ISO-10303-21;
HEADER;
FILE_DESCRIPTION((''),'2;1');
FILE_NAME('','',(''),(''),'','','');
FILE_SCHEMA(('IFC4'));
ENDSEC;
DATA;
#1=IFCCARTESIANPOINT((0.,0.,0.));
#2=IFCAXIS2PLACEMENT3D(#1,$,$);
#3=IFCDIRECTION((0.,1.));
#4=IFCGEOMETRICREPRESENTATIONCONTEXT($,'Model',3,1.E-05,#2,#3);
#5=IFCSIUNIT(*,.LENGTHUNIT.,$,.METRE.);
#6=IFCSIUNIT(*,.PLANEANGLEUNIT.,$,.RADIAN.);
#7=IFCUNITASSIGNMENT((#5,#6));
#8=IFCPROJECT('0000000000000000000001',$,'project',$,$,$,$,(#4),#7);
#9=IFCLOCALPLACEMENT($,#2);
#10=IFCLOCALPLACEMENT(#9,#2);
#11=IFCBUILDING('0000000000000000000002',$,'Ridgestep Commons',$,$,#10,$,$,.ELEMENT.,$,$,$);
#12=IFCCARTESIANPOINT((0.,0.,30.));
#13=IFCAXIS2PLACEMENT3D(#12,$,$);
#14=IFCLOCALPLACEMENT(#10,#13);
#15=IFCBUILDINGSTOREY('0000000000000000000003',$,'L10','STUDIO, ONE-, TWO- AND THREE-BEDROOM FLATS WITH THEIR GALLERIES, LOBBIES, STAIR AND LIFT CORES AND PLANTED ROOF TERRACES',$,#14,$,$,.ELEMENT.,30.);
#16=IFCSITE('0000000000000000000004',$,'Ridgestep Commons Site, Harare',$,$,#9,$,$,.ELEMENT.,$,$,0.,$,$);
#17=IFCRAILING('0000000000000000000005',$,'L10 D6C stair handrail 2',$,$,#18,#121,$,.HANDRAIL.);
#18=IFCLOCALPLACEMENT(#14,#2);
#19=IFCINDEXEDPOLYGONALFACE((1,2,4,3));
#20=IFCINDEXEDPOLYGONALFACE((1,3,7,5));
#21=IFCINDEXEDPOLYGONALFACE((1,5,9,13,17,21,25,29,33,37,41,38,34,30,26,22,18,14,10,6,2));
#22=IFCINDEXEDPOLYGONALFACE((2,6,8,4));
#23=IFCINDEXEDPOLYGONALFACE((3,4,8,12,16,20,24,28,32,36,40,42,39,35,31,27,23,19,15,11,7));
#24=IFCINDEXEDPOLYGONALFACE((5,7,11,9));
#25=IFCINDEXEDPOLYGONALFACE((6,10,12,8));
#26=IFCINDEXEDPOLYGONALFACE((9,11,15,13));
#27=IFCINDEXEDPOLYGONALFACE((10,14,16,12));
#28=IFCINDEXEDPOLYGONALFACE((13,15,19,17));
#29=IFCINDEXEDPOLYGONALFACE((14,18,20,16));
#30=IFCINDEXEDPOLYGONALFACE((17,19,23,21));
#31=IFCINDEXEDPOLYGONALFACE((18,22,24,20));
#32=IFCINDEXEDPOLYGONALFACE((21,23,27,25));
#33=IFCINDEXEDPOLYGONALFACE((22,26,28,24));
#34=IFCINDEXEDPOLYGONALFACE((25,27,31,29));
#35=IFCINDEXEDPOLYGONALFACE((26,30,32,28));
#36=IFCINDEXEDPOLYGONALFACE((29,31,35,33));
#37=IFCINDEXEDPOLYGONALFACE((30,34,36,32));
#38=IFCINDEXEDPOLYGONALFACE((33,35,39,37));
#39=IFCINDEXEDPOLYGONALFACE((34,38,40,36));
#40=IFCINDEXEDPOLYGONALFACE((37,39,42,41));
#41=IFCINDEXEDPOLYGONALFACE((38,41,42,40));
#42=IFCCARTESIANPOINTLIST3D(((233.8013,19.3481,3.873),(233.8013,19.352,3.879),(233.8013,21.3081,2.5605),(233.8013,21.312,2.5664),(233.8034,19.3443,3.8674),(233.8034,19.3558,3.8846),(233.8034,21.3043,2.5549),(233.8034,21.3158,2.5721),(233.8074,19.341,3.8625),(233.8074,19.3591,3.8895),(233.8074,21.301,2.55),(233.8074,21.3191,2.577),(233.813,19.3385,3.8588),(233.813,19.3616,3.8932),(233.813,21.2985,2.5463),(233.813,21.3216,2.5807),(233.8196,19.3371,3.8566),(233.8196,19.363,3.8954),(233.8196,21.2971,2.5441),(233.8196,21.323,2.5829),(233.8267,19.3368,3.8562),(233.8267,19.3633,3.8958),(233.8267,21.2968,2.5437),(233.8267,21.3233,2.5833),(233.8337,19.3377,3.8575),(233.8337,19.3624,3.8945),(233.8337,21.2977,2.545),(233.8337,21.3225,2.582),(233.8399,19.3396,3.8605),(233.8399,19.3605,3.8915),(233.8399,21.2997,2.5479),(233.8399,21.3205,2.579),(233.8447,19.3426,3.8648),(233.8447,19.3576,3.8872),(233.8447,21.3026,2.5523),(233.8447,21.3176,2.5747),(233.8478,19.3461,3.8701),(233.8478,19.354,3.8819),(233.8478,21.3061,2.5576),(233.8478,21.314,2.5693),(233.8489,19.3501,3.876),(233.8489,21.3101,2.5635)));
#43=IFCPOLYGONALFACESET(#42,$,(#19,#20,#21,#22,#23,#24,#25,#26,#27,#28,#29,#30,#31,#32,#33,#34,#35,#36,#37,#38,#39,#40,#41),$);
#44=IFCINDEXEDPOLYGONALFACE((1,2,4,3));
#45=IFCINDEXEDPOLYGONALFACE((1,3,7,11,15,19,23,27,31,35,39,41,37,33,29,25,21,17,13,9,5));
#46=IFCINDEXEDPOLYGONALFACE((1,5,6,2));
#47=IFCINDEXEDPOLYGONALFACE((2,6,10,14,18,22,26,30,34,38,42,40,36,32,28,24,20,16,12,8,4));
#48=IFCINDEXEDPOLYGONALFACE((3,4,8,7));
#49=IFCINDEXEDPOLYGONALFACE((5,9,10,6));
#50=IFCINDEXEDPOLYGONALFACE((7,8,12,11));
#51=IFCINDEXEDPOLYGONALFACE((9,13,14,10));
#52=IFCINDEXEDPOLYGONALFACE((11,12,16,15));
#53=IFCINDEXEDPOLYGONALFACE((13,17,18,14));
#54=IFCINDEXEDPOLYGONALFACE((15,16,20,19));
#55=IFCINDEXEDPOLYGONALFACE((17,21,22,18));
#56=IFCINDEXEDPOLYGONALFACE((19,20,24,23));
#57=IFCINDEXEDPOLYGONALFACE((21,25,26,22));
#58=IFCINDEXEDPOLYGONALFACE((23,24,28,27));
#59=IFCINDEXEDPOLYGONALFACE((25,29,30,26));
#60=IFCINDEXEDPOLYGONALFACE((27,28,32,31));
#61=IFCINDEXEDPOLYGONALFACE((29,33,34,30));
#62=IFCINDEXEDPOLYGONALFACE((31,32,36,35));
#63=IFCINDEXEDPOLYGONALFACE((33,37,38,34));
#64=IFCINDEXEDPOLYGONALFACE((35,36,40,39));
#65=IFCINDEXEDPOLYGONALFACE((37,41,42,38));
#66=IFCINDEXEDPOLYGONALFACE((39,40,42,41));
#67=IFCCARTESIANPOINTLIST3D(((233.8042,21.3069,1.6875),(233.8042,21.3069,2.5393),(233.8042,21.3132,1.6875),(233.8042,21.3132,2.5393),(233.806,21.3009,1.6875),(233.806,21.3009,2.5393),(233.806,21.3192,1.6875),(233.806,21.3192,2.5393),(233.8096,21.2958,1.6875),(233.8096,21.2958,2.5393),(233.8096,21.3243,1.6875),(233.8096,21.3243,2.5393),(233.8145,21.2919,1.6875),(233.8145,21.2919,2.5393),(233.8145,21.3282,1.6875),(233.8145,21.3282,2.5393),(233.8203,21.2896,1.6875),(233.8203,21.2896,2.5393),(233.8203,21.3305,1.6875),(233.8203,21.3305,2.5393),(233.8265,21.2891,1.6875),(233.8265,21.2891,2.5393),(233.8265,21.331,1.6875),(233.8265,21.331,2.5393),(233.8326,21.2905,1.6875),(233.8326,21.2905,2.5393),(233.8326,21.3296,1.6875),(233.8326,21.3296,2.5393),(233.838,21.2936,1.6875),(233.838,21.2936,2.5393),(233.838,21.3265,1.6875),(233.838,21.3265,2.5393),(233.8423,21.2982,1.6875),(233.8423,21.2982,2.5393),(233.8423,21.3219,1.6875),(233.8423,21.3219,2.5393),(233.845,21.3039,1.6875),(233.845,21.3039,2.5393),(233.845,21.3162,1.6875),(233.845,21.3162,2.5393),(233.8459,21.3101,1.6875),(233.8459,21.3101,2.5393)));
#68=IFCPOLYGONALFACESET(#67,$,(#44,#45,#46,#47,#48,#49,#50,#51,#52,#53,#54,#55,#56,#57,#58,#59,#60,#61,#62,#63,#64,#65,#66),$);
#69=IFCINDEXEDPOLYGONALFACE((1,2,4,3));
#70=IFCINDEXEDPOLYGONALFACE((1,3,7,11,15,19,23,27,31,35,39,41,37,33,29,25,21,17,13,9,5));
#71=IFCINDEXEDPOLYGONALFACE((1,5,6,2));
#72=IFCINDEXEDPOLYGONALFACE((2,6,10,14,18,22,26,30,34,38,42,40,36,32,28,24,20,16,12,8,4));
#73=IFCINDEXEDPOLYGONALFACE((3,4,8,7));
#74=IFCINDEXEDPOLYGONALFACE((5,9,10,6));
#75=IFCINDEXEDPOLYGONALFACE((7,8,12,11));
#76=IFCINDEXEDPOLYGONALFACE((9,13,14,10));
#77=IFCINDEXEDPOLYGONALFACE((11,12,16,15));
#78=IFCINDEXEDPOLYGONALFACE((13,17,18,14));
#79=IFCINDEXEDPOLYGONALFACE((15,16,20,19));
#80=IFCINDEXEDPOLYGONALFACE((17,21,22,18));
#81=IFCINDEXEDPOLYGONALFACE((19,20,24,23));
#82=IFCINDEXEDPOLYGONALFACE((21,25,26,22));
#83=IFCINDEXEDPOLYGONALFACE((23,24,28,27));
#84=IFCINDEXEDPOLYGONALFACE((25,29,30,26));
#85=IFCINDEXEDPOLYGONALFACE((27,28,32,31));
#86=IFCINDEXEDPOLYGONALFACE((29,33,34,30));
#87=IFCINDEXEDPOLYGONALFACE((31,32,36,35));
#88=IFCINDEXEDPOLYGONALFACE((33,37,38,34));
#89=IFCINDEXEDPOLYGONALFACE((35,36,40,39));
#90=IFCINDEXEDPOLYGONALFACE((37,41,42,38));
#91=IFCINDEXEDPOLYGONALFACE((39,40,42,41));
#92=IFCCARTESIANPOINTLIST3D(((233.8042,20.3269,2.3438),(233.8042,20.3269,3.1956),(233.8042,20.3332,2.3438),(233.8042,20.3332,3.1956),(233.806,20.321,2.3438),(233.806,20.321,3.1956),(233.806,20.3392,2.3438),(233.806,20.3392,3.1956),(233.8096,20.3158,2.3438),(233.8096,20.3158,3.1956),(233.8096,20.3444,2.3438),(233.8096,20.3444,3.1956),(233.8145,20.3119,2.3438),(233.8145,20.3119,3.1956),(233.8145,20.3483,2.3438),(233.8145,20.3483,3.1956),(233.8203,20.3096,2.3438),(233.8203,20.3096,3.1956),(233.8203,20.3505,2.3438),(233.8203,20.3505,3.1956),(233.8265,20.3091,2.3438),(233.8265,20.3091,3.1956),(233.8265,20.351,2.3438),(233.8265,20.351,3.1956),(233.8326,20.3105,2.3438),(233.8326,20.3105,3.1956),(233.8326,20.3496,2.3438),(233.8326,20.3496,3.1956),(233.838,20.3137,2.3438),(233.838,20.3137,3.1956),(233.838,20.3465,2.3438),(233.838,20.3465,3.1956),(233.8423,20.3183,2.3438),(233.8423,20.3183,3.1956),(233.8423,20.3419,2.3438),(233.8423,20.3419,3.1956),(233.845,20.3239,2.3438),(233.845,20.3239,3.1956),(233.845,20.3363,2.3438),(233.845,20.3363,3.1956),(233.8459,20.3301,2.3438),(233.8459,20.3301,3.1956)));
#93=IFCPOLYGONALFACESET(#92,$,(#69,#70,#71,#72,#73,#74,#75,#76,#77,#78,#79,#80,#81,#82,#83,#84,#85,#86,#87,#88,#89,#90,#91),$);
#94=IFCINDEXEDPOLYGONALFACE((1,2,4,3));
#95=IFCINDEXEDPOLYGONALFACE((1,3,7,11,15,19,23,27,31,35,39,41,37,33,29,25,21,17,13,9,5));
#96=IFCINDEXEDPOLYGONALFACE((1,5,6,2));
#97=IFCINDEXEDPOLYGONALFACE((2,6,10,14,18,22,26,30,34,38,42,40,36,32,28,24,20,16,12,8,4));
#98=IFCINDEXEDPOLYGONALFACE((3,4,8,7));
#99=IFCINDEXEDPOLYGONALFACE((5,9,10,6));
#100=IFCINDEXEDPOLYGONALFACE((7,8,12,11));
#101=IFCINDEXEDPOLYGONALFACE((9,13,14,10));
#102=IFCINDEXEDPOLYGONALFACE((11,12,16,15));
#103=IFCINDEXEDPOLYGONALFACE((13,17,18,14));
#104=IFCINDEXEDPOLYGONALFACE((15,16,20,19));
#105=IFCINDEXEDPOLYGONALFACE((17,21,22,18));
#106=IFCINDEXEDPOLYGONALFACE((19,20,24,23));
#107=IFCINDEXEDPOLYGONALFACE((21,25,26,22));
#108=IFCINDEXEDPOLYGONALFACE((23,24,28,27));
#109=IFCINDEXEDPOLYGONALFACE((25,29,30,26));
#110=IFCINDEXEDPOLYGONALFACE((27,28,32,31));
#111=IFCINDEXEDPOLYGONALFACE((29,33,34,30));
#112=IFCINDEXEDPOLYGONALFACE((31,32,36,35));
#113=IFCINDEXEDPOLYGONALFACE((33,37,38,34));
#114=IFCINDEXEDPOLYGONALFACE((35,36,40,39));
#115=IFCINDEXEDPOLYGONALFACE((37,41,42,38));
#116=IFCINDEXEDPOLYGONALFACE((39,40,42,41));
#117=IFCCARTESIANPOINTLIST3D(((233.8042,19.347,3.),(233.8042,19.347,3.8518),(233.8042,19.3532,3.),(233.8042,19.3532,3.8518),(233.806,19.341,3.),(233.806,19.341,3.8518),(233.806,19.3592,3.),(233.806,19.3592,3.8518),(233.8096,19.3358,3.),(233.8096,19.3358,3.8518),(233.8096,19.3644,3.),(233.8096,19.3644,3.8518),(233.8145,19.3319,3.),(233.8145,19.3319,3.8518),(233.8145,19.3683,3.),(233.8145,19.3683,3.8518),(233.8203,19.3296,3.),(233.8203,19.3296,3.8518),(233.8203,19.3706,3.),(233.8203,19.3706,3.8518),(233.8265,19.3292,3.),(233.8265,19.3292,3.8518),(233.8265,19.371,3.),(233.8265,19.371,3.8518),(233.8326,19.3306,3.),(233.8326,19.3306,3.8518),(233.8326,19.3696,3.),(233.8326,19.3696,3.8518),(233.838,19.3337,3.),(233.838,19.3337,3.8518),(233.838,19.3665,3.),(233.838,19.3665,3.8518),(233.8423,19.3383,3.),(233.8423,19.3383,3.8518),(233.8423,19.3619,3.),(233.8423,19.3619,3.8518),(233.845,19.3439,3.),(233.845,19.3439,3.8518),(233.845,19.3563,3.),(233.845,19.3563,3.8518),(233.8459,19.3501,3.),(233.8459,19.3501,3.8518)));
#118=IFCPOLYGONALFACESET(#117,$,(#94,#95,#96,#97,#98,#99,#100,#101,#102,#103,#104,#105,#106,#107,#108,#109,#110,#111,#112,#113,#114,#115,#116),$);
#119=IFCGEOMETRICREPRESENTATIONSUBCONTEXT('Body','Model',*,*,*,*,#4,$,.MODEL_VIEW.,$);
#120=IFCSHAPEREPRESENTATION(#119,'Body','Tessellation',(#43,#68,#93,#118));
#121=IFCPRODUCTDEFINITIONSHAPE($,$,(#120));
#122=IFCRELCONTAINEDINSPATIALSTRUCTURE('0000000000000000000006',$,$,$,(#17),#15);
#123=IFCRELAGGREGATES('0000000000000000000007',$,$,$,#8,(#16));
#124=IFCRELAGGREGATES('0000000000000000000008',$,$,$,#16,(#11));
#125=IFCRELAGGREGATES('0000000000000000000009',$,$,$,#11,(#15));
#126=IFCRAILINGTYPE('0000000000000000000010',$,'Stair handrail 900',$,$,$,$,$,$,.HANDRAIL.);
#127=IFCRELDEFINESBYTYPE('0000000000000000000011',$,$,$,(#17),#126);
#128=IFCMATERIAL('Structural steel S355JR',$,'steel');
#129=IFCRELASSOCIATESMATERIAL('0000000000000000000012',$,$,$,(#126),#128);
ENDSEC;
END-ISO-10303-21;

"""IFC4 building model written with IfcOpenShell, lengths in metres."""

from ifc_helpers import new_model, si_unit, direction, frame, origin, origin_2d, place, context, subcontext, project, spatial, circle, extrude, material, type_object, element, save


model = new_model("IFC4")

# Units and contexts
model_context = context("Model", 3, precision=1e-05, world=origin(), true_north=direction((0.0, 1.0)))
body_context = subcontext(model_context, "Body", "Model", "MODEL_VIEW")
ifc_project = project(units=[si_unit("LENGTHUNIT", "METRE"), si_unit("PLANEANGLEUNIT", "RADIAN")], contexts=[model_context])

# Site, building, storey
site_placement = place(None, origin())
site = spatial("IfcSite", under=ifc_project, at=site_placement, Name="Ridgestep Commons Site, Harare", CompositionType="ELEMENT", RefElevation=0.0)
building_placement = place(site_placement, origin())
building = spatial("IfcBuilding", under=site, at=building_placement, Name="Ridgestep Commons", CompositionType="ELEMENT")
storey_placement = place(building_placement, frame((0.0, 0.0, 30.0)))
storey = spatial("IfcBuildingStorey", under=building, at=storey_placement, Name="L10", Description="STUDIO, ONE-, TWO- AND THREE-BEDROOM FLATS WITH THEIR GALLERIES, LOBBIES, STAIR AND LIFT CORES AND PLANTED ROOF TERRACES", CompositionType="ELEMENT", Elevation=30.0)

# Railing
ifc_material_1 = material(Name="Structural steel S355JR", Category="steel")
railing_type_1 = type_object("IfcRailingType", Name="Stair handrail 900", PredefinedType="HANDRAIL", material=ifc_material_1)
railing_1_placement = place(storey_placement, frame((233.825, 21.3101, 1.6875)))
element("IfcRailing", 1, at=railing_1_placement, inside=storey, type_object=railing_type_1, Name="L10 D6C stair handrail 2", PredefinedType="HANDRAIL", context=body_context, shape_type="SweptSolid", body=[
    extrude(circle(Radius=0.0239, at=origin_2d()), frame((0.0, 0.0, 0.876), z_axis=(0.0, -0.830902, 0.556419), x_axis=(1.0, 0.0, 0.0)), (0.0, 0.0, 1.0), 2.3589),
    extrude(circle(Radius=0.021, at=origin_2d()), origin(), (0.0, 0.0, 1.0), 0.8518),
    extrude(circle(Radius=0.021, at=origin_2d()), frame((0.0, -0.98, 0.6562)), (0.0, 0.0, 1.0), 0.8518),
    extrude(circle(Radius=0.021, at=origin_2d()), frame((0.0, -1.96, 1.3125)), (0.0, 0.0, 1.0), 0.8518),
])

save(model, "model.ifc")
